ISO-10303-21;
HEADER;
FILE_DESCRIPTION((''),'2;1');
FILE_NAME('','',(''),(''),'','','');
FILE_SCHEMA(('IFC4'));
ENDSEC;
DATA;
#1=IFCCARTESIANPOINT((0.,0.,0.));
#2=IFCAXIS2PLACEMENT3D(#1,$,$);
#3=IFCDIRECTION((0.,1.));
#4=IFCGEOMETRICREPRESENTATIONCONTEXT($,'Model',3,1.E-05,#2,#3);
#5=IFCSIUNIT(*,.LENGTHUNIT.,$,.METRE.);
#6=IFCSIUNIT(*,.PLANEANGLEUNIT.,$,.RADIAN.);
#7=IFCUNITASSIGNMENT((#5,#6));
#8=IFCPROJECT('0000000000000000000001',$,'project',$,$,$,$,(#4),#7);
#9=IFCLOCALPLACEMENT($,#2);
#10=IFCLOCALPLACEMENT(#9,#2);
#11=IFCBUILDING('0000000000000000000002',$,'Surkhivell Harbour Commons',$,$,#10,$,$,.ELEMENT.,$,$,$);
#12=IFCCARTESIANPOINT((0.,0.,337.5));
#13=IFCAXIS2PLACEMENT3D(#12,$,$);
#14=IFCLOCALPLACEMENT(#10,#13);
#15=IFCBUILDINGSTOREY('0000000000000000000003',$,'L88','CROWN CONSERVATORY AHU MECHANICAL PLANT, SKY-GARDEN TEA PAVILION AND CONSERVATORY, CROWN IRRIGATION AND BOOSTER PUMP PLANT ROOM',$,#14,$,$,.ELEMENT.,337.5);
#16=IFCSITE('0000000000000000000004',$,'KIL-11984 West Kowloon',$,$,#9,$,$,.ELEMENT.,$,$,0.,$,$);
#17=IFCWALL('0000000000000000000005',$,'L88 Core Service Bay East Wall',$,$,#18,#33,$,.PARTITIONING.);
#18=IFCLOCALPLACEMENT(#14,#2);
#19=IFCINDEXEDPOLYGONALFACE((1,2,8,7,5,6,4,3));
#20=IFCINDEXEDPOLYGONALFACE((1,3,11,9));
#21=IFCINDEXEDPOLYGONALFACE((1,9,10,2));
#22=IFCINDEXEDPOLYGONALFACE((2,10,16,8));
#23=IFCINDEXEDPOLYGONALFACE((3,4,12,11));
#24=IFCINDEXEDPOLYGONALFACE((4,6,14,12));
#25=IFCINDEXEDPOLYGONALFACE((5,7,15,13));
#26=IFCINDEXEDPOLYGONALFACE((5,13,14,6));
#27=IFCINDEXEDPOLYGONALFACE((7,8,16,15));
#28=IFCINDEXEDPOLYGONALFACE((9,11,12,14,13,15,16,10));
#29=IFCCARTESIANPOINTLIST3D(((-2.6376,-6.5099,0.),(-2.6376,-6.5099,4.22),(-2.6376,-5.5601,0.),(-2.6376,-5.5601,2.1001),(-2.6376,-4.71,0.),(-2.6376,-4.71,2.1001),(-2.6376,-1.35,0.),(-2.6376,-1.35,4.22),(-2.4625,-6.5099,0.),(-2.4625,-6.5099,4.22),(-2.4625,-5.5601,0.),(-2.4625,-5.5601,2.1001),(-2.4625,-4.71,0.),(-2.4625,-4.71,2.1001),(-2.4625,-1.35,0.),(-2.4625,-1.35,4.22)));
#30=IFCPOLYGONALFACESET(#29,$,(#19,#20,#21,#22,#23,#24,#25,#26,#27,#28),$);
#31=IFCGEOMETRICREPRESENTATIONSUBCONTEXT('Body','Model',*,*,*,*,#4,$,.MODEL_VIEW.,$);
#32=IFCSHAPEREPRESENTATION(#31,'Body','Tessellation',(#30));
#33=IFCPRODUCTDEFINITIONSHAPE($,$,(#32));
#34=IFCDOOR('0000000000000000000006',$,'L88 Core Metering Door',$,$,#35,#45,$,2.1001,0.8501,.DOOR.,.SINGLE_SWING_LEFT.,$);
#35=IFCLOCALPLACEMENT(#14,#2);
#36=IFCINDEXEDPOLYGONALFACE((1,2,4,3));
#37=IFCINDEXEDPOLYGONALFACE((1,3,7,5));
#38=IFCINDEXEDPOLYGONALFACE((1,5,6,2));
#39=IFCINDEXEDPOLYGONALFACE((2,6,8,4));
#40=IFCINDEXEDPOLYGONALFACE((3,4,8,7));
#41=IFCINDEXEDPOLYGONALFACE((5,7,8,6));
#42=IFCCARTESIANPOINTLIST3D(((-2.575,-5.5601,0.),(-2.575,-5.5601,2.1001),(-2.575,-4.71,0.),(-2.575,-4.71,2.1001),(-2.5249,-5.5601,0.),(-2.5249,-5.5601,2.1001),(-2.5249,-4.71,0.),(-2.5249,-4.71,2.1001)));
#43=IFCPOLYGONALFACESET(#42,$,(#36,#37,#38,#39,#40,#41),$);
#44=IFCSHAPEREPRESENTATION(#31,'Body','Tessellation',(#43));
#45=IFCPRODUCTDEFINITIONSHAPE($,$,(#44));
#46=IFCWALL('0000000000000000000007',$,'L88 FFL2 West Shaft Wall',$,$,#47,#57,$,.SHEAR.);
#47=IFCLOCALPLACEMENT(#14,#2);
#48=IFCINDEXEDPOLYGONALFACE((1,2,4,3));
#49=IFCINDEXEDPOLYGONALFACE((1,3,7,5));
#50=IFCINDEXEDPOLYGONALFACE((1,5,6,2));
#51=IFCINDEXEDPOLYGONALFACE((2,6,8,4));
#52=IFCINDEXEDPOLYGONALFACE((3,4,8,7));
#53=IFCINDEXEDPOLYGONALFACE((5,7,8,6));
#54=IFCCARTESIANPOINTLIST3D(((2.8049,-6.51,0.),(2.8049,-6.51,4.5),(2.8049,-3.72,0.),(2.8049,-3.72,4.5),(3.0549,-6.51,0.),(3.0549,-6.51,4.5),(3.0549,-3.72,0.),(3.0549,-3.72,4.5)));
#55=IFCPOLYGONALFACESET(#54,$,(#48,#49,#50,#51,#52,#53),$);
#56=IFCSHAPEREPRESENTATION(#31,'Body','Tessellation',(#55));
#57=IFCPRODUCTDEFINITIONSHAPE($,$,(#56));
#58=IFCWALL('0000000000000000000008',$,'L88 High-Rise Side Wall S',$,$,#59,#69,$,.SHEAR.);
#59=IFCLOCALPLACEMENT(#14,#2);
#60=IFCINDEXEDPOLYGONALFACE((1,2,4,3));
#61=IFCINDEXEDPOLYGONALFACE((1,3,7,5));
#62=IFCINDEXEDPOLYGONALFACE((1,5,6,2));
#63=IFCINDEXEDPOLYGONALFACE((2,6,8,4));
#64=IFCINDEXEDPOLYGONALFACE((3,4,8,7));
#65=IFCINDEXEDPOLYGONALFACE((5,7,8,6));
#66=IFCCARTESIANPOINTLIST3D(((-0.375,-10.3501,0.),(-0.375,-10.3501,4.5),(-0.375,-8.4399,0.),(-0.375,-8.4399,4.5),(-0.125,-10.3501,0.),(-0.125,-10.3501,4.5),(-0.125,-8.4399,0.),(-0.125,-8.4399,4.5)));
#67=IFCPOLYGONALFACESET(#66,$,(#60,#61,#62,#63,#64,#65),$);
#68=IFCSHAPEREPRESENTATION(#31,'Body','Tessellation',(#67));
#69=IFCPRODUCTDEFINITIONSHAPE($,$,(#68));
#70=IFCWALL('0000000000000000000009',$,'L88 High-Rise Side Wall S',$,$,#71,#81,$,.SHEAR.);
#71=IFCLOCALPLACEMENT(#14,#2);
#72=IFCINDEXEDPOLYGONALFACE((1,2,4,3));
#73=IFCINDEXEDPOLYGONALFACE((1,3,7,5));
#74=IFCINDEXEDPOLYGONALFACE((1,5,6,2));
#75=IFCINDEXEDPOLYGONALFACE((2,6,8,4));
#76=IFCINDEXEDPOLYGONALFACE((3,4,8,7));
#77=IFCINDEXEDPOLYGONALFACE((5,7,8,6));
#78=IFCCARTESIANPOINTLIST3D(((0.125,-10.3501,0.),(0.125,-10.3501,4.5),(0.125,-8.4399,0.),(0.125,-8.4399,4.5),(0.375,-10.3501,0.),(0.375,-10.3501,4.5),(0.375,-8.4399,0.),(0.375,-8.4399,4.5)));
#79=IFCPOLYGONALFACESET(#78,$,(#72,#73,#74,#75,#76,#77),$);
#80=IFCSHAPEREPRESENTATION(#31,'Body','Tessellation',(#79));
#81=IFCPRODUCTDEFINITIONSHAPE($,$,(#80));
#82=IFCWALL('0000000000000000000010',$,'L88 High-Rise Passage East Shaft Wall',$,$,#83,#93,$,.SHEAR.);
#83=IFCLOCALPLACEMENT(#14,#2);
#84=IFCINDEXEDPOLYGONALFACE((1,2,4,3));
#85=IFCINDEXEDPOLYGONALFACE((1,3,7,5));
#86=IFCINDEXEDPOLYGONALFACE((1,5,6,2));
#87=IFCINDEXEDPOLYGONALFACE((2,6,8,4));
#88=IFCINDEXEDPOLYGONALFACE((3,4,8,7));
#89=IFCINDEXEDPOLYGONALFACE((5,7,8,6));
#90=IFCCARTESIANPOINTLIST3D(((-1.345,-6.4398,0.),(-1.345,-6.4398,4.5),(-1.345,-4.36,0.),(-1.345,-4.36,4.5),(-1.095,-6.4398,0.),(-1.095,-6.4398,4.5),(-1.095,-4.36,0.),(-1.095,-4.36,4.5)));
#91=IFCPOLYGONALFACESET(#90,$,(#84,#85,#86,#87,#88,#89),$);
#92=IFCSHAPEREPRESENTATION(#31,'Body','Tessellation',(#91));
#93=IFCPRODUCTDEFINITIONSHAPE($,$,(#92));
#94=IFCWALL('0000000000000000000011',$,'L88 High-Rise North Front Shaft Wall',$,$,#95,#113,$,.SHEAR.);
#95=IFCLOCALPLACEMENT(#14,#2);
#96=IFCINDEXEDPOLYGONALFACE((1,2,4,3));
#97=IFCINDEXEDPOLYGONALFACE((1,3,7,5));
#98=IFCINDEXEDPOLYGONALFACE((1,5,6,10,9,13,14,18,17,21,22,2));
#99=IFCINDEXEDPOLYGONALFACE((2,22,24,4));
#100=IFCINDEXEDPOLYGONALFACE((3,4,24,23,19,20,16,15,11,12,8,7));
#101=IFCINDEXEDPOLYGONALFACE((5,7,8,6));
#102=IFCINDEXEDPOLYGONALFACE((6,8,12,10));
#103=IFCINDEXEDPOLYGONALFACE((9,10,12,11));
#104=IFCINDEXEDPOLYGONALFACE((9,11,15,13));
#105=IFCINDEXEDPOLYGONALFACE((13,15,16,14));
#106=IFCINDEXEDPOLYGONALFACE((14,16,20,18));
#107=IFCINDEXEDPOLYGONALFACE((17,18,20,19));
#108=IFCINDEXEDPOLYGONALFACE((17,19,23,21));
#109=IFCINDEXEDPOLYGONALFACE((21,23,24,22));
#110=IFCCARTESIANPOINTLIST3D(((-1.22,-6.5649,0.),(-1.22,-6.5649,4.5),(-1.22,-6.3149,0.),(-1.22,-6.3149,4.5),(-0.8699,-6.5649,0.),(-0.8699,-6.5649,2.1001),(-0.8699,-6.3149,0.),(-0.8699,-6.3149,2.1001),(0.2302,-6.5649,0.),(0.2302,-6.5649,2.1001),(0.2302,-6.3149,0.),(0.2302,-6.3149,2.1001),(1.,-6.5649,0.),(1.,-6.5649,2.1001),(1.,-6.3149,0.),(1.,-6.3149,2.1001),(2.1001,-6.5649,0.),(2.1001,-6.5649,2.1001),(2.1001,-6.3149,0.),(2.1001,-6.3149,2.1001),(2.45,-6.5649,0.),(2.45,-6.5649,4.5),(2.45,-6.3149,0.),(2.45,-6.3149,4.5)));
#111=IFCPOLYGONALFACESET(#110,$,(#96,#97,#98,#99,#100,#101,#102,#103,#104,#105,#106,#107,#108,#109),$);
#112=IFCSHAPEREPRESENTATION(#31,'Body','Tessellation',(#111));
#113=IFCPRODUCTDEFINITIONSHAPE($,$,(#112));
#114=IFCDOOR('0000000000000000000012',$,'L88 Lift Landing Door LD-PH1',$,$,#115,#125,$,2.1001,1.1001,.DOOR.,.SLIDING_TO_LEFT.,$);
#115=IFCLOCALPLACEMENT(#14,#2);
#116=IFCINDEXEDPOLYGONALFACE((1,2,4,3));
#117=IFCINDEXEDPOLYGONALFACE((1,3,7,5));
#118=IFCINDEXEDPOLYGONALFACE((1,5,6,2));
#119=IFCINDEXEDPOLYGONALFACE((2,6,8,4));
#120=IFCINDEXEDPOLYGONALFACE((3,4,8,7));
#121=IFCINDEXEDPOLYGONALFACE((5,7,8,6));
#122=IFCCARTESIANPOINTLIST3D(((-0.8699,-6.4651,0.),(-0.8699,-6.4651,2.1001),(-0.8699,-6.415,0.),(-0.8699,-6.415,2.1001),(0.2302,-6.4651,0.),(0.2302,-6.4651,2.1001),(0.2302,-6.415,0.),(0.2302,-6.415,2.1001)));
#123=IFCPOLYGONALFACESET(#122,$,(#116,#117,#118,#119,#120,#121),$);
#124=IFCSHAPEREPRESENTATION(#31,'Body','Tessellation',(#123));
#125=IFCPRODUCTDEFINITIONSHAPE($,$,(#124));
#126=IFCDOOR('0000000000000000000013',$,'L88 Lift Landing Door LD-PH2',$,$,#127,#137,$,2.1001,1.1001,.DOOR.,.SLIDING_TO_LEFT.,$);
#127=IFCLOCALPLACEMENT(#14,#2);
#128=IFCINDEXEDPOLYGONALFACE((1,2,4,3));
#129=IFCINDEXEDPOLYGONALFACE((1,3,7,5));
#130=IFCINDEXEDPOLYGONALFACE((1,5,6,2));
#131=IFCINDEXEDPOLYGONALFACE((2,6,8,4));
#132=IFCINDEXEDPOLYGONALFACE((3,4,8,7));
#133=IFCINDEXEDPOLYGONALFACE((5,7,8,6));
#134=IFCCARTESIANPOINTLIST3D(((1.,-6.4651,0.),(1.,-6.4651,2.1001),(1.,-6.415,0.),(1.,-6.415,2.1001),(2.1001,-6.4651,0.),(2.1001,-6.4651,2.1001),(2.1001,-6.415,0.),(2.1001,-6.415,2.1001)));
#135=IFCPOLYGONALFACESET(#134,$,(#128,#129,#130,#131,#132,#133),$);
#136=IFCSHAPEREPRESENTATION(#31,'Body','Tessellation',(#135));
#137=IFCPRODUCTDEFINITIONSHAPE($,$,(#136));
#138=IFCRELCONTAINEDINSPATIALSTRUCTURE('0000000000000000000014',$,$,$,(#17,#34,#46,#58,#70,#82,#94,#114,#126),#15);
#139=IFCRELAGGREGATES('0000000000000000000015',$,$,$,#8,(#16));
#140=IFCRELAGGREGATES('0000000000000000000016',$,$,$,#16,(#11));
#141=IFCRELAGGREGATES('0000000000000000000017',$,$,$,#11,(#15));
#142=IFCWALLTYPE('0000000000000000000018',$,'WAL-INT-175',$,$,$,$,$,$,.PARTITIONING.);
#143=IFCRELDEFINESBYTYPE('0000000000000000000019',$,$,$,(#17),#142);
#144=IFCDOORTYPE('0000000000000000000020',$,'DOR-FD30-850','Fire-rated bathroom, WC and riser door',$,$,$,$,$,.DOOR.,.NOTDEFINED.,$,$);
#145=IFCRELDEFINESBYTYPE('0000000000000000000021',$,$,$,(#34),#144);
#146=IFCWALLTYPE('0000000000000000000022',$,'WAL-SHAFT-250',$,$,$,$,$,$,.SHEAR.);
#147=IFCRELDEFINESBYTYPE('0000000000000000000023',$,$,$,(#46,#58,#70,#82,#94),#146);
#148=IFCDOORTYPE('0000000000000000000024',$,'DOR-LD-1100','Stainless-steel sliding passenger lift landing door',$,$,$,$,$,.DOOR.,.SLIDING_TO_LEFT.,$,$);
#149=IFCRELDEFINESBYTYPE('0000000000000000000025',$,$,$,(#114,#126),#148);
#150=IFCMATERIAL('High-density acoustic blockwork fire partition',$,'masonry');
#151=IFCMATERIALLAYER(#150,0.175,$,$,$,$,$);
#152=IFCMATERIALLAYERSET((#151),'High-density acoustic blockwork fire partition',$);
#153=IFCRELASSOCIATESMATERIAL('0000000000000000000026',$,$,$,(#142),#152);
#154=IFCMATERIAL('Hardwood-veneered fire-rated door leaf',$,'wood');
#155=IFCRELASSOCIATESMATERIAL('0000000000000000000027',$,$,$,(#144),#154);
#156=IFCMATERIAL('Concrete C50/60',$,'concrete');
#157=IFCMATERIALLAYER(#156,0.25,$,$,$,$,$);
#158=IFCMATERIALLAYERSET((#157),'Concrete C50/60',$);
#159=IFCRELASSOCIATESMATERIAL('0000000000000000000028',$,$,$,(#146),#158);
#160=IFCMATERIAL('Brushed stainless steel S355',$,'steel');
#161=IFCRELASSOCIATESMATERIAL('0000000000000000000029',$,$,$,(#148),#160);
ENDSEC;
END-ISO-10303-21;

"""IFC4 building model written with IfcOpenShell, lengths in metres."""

from ifc_helpers import new_model, si_unit, direction, frame, frame_2d, origin, place, context, subcontext, project, spatial, rectangle, extrude, material, layer, layer_set, type_object, element, fill, save


model = new_model("IFC4")

# Units and contexts
model_context = context("Model", 3, precision=1e-05, world=origin(), true_north=direction((0.0, 1.0)))
body_context = subcontext(model_context, "Body", "Model", "MODEL_VIEW")
ifc_project = project(units=[si_unit("LENGTHUNIT", "METRE"), si_unit("PLANEANGLEUNIT", "RADIAN")], contexts=[model_context])

# Site, building, storey
site_placement = place(None, origin())
site = spatial("IfcSite", under=ifc_project, at=site_placement, Name="KIL-11984 West Kowloon", CompositionType="ELEMENT", RefElevation=0.0)
building_placement = place(site_placement, origin())
building = spatial("IfcBuilding", under=site, at=building_placement, Name="Surkhivell Harbour Commons", CompositionType="ELEMENT")
storey_placement = place(building_placement, frame((0.0, 0.0, 337.5)))
storey = spatial("IfcBuildingStorey", under=building, at=storey_placement, Name="L88", Description="CROWN CONSERVATORY AHU MECHANICAL PLANT, SKY-GARDEN TEA PAVILION AND CONSERVATORY, CROWN IRRIGATION AND BOOSTER PUMP PLANT ROOM", CompositionType="ELEMENT", Elevation=337.5)

# Wall, opening, door
ifc_material_1 = material(Name="High-density acoustic blockwork fire partition", Category="masonry")
ifc_layer_1 = layer(ifc_material_1, 0.175)
ifc_layer_set_1 = layer_set([ifc_layer_1], Name="High-density acoustic blockwork fire partition")
wall_type_1 = type_object("IfcWallType", Name="WAL-INT-175", PredefinedType="PARTITIONING", material=ifc_layer_set_1)
wall_1_placement = place(storey_placement, frame((-2.55, -6.51, 0.0), z_axis=(0.0, 0.0, 1.0), x_axis=(0.0, 1.0, 0.0)))
wall_1 = element("IfcWall", 1, at=wall_1_placement, inside=storey, type_object=wall_type_1, Name="L88 Core Service Bay East Wall", PredefinedType="PARTITIONING", context=body_context, shape_type="SweptSolid", body=[
    extrude(rectangle(XDim=5.1599, YDim=0.175, at=frame_2d((2.5801, 0.0))), origin(), (0.0, 0.0, 1.0), 4.22),
])
opening_1_placement = place(wall_1_placement, frame((0.95, 0.0, 0.0)))
opening_1 = element("IfcOpeningElement", 2, at=opening_1_placement, cuts=wall_1, PredefinedType="OPENING", context=body_context, shape_type="SweptSolid", body=[
    extrude(rectangle(XDim=0.8501, YDim=2.1001, at=frame_2d((0.425, 1.05))), frame((0.0, 0.0974, 0.0), z_axis=(0.0, -1.0, 0.0), x_axis=(1.0, 0.0, 0.0)), (0.0, 0.0, 1.0), 0.1951),
])
ifc_material_2 = material(Name="Hardwood-veneered fire-rated door leaf", Category="wood")
door_type_1 = type_object("IfcDoorType", Name="DOR-FD30-850", Description="Fire-rated bathroom, WC and riser door", OperationType="NOTDEFINED", PredefinedType="DOOR", material=ifc_material_2)
door_1_placement = place(opening_1_placement, origin())
door_1 = element("IfcDoor", 3, at=door_1_placement, inside=storey, type_object=door_type_1, Name="L88 Core Metering Door", OperationType="SINGLE_SWING_LEFT", OverallHeight=2.1001, OverallWidth=0.8501, PredefinedType="DOOR", context=body_context, shape_type="SweptSolid", body=[
    extrude(rectangle(XDim=0.8501, YDim=2.1001, at=frame_2d((0.425, 1.05))), frame((0.0, 0.0249, 0.0), z_axis=(0.0, -1.0, 0.0), x_axis=(1.0, 0.0, 0.0)), (0.0, 0.0, 1.0), 0.05),
])
fill(opening_1, door_1)

# Walls
ifc_material_3 = material(Name="Concrete C50/60", Category="concrete")
ifc_layer_2 = layer(ifc_material_3, 0.25)
ifc_layer_set_2 = layer_set([ifc_layer_2], Name="Concrete C50/60")
wall_type_2 = type_object("IfcWallType", Name="WAL-SHAFT-250", PredefinedType="SHEAR", material=ifc_layer_set_2)
wall_2_placement = place(storey_placement, frame((2.9299, -6.51, 0.0), z_axis=(0.0, 0.0, 1.0), x_axis=(0.0, 1.0, 0.0)))
element("IfcWall", 4, at=wall_2_placement, inside=storey, type_object=wall_type_2, Name="L88 FFL2 West Shaft Wall", PredefinedType="SHEAR", context=body_context, shape_type="SweptSolid", body=[
    extrude(rectangle(XDim=2.79, YDim=0.25, at=frame_2d((1.395, 0.0))), origin(), (0.0, 0.0, 1.0), 4.5),
])
for number, where, z_axis, x_axis, name in (
    (5, (-0.25, -10.3501, 0.0), (0.0, 0.0, 1.0), (0.0, 1.0, 0.0), "L88 High-Rise Side Wall S"),
    (6, (0.25, -10.3501, 0.0), (0.0, 0.0, 1.0), (0.0, 1.0, 0.0), "L88 High-Rise Side Wall S"),
):
    element("IfcWall", number, at=place(storey_placement, frame(where, z_axis=z_axis, x_axis=x_axis)), inside=storey, type_object=wall_type_2, Name=name, PredefinedType="SHEAR", context=body_context, shape_type="SweptSolid", body=[
        extrude(rectangle(XDim=1.9102, YDim=0.25, at=frame_2d((0.9551, 0.0))), origin(), (0.0, 0.0, 1.0), 4.5),
    ])
wall_3_placement = place(storey_placement, frame((-1.22, -6.4399, 0.0), z_axis=(0.0, 0.0, 1.0), x_axis=(0.0, 1.0, 0.0)))
element("IfcWall", 7, at=wall_3_placement, inside=storey, type_object=wall_type_2, Name="L88 High-Rise Passage East Shaft Wall", PredefinedType="SHEAR", context=body_context, shape_type="SweptSolid", body=[
    extrude(rectangle(XDim=2.0798, YDim=0.25, at=frame_2d((1.04, 0.0))), origin(), (0.0, 0.0, 1.0), 4.5),
])

# Wall, openings, doors
wall_4_placement = place(storey_placement, frame((-1.22, -6.4399, 0.0), z_axis=(0.0, 0.0, 1.0), x_axis=(1.0, 0.0, 0.0)))
wall_4 = element("IfcWall", 8, at=wall_4_placement, inside=storey, type_object=wall_type_2, Name="L88 High-Rise North Front Shaft Wall", PredefinedType="SHEAR", context=body_context, shape_type="SweptSolid", body=[
    extrude(rectangle(XDim=3.6699, YDim=0.25, at=frame_2d((1.835, 0.0))), origin(), (0.0, 0.0, 1.0), 4.5),
])
opening_2_placement = place(wall_4_placement, frame((0.3501, 0.0, 0.0)))
opening_2 = element("IfcOpeningElement", 9, at=opening_2_placement, cuts=wall_4, PredefinedType="OPENING", context=body_context, shape_type="SweptSolid", body=[
    extrude(rectangle(XDim=1.1001, YDim=2.1001, at=frame_2d((0.55, 1.05))), frame((0.0, 0.135, 0.0), z_axis=(0.0, -1.0, 0.0), x_axis=(1.0, 0.0, 0.0)), (0.0, 0.0, 1.0), 0.27),
])
opening_3_placement = place(wall_4_placement, frame((2.22, 0.0, 0.0)))
opening_3 = element("IfcOpeningElement", 10, at=opening_3_placement, cuts=wall_4, PredefinedType="OPENING", context=body_context, shape_type="SweptSolid", body=[
    extrude(rectangle(XDim=1.1001, YDim=2.1001, at=frame_2d((0.55, 1.05))), frame((0.0, 0.135, 0.0), z_axis=(0.0, -1.0, 0.0), x_axis=(1.0, 0.0, 0.0)), (0.0, 0.0, 1.0), 0.27),
])
ifc_material_4 = material(Name="Brushed stainless steel S355", Category="steel")
door_type_2 = type_object("IfcDoorType", Name="DOR-LD-1100", Description="Stainless-steel sliding passenger lift landing door", OperationType="SLIDING_TO_LEFT", PredefinedType="DOOR", material=ifc_material_4)
door_2_placement = place(opening_2_placement, origin())
door_2 = element("IfcDoor", 11, at=door_2_placement, inside=storey, type_object=door_type_2, Name="L88 Lift Landing Door LD-PH1", OperationType="SLIDING_TO_LEFT", OverallHeight=2.1001, OverallWidth=1.1001, PredefinedType="DOOR", context=body_context, shape_type="SweptSolid", body=[
    extrude(rectangle(XDim=1.1001, YDim=2.1001, at=frame_2d((0.55, 1.05))), frame((0.0, 0.0249, 0.0), z_axis=(0.0, -1.0, 0.0), x_axis=(1.0, 0.0, 0.0)), (0.0, 0.0, 1.0), 0.05),
])
fill(opening_2, door_2)
door_3_placement = place(opening_3_placement, origin())
door_3 = element("IfcDoor", 12, at=door_3_placement, inside=storey, type_object=door_type_2, Name="L88 Lift Landing Door LD-PH2", OperationType="SLIDING_TO_LEFT", OverallHeight=2.1001, OverallWidth=1.1001, PredefinedType="DOOR", context=body_context, shape_type="SweptSolid", body=[
    extrude(rectangle(XDim=1.1001, YDim=2.1001, at=frame_2d((0.55, 1.05))), frame((0.0, 0.0249, 0.0), z_axis=(0.0, -1.0, 0.0), x_axis=(1.0, 0.0, 0.0)), (0.0, 0.0, 1.0), 0.05),
])
fill(opening_3, door_3)

save(model, "model.ifc")
